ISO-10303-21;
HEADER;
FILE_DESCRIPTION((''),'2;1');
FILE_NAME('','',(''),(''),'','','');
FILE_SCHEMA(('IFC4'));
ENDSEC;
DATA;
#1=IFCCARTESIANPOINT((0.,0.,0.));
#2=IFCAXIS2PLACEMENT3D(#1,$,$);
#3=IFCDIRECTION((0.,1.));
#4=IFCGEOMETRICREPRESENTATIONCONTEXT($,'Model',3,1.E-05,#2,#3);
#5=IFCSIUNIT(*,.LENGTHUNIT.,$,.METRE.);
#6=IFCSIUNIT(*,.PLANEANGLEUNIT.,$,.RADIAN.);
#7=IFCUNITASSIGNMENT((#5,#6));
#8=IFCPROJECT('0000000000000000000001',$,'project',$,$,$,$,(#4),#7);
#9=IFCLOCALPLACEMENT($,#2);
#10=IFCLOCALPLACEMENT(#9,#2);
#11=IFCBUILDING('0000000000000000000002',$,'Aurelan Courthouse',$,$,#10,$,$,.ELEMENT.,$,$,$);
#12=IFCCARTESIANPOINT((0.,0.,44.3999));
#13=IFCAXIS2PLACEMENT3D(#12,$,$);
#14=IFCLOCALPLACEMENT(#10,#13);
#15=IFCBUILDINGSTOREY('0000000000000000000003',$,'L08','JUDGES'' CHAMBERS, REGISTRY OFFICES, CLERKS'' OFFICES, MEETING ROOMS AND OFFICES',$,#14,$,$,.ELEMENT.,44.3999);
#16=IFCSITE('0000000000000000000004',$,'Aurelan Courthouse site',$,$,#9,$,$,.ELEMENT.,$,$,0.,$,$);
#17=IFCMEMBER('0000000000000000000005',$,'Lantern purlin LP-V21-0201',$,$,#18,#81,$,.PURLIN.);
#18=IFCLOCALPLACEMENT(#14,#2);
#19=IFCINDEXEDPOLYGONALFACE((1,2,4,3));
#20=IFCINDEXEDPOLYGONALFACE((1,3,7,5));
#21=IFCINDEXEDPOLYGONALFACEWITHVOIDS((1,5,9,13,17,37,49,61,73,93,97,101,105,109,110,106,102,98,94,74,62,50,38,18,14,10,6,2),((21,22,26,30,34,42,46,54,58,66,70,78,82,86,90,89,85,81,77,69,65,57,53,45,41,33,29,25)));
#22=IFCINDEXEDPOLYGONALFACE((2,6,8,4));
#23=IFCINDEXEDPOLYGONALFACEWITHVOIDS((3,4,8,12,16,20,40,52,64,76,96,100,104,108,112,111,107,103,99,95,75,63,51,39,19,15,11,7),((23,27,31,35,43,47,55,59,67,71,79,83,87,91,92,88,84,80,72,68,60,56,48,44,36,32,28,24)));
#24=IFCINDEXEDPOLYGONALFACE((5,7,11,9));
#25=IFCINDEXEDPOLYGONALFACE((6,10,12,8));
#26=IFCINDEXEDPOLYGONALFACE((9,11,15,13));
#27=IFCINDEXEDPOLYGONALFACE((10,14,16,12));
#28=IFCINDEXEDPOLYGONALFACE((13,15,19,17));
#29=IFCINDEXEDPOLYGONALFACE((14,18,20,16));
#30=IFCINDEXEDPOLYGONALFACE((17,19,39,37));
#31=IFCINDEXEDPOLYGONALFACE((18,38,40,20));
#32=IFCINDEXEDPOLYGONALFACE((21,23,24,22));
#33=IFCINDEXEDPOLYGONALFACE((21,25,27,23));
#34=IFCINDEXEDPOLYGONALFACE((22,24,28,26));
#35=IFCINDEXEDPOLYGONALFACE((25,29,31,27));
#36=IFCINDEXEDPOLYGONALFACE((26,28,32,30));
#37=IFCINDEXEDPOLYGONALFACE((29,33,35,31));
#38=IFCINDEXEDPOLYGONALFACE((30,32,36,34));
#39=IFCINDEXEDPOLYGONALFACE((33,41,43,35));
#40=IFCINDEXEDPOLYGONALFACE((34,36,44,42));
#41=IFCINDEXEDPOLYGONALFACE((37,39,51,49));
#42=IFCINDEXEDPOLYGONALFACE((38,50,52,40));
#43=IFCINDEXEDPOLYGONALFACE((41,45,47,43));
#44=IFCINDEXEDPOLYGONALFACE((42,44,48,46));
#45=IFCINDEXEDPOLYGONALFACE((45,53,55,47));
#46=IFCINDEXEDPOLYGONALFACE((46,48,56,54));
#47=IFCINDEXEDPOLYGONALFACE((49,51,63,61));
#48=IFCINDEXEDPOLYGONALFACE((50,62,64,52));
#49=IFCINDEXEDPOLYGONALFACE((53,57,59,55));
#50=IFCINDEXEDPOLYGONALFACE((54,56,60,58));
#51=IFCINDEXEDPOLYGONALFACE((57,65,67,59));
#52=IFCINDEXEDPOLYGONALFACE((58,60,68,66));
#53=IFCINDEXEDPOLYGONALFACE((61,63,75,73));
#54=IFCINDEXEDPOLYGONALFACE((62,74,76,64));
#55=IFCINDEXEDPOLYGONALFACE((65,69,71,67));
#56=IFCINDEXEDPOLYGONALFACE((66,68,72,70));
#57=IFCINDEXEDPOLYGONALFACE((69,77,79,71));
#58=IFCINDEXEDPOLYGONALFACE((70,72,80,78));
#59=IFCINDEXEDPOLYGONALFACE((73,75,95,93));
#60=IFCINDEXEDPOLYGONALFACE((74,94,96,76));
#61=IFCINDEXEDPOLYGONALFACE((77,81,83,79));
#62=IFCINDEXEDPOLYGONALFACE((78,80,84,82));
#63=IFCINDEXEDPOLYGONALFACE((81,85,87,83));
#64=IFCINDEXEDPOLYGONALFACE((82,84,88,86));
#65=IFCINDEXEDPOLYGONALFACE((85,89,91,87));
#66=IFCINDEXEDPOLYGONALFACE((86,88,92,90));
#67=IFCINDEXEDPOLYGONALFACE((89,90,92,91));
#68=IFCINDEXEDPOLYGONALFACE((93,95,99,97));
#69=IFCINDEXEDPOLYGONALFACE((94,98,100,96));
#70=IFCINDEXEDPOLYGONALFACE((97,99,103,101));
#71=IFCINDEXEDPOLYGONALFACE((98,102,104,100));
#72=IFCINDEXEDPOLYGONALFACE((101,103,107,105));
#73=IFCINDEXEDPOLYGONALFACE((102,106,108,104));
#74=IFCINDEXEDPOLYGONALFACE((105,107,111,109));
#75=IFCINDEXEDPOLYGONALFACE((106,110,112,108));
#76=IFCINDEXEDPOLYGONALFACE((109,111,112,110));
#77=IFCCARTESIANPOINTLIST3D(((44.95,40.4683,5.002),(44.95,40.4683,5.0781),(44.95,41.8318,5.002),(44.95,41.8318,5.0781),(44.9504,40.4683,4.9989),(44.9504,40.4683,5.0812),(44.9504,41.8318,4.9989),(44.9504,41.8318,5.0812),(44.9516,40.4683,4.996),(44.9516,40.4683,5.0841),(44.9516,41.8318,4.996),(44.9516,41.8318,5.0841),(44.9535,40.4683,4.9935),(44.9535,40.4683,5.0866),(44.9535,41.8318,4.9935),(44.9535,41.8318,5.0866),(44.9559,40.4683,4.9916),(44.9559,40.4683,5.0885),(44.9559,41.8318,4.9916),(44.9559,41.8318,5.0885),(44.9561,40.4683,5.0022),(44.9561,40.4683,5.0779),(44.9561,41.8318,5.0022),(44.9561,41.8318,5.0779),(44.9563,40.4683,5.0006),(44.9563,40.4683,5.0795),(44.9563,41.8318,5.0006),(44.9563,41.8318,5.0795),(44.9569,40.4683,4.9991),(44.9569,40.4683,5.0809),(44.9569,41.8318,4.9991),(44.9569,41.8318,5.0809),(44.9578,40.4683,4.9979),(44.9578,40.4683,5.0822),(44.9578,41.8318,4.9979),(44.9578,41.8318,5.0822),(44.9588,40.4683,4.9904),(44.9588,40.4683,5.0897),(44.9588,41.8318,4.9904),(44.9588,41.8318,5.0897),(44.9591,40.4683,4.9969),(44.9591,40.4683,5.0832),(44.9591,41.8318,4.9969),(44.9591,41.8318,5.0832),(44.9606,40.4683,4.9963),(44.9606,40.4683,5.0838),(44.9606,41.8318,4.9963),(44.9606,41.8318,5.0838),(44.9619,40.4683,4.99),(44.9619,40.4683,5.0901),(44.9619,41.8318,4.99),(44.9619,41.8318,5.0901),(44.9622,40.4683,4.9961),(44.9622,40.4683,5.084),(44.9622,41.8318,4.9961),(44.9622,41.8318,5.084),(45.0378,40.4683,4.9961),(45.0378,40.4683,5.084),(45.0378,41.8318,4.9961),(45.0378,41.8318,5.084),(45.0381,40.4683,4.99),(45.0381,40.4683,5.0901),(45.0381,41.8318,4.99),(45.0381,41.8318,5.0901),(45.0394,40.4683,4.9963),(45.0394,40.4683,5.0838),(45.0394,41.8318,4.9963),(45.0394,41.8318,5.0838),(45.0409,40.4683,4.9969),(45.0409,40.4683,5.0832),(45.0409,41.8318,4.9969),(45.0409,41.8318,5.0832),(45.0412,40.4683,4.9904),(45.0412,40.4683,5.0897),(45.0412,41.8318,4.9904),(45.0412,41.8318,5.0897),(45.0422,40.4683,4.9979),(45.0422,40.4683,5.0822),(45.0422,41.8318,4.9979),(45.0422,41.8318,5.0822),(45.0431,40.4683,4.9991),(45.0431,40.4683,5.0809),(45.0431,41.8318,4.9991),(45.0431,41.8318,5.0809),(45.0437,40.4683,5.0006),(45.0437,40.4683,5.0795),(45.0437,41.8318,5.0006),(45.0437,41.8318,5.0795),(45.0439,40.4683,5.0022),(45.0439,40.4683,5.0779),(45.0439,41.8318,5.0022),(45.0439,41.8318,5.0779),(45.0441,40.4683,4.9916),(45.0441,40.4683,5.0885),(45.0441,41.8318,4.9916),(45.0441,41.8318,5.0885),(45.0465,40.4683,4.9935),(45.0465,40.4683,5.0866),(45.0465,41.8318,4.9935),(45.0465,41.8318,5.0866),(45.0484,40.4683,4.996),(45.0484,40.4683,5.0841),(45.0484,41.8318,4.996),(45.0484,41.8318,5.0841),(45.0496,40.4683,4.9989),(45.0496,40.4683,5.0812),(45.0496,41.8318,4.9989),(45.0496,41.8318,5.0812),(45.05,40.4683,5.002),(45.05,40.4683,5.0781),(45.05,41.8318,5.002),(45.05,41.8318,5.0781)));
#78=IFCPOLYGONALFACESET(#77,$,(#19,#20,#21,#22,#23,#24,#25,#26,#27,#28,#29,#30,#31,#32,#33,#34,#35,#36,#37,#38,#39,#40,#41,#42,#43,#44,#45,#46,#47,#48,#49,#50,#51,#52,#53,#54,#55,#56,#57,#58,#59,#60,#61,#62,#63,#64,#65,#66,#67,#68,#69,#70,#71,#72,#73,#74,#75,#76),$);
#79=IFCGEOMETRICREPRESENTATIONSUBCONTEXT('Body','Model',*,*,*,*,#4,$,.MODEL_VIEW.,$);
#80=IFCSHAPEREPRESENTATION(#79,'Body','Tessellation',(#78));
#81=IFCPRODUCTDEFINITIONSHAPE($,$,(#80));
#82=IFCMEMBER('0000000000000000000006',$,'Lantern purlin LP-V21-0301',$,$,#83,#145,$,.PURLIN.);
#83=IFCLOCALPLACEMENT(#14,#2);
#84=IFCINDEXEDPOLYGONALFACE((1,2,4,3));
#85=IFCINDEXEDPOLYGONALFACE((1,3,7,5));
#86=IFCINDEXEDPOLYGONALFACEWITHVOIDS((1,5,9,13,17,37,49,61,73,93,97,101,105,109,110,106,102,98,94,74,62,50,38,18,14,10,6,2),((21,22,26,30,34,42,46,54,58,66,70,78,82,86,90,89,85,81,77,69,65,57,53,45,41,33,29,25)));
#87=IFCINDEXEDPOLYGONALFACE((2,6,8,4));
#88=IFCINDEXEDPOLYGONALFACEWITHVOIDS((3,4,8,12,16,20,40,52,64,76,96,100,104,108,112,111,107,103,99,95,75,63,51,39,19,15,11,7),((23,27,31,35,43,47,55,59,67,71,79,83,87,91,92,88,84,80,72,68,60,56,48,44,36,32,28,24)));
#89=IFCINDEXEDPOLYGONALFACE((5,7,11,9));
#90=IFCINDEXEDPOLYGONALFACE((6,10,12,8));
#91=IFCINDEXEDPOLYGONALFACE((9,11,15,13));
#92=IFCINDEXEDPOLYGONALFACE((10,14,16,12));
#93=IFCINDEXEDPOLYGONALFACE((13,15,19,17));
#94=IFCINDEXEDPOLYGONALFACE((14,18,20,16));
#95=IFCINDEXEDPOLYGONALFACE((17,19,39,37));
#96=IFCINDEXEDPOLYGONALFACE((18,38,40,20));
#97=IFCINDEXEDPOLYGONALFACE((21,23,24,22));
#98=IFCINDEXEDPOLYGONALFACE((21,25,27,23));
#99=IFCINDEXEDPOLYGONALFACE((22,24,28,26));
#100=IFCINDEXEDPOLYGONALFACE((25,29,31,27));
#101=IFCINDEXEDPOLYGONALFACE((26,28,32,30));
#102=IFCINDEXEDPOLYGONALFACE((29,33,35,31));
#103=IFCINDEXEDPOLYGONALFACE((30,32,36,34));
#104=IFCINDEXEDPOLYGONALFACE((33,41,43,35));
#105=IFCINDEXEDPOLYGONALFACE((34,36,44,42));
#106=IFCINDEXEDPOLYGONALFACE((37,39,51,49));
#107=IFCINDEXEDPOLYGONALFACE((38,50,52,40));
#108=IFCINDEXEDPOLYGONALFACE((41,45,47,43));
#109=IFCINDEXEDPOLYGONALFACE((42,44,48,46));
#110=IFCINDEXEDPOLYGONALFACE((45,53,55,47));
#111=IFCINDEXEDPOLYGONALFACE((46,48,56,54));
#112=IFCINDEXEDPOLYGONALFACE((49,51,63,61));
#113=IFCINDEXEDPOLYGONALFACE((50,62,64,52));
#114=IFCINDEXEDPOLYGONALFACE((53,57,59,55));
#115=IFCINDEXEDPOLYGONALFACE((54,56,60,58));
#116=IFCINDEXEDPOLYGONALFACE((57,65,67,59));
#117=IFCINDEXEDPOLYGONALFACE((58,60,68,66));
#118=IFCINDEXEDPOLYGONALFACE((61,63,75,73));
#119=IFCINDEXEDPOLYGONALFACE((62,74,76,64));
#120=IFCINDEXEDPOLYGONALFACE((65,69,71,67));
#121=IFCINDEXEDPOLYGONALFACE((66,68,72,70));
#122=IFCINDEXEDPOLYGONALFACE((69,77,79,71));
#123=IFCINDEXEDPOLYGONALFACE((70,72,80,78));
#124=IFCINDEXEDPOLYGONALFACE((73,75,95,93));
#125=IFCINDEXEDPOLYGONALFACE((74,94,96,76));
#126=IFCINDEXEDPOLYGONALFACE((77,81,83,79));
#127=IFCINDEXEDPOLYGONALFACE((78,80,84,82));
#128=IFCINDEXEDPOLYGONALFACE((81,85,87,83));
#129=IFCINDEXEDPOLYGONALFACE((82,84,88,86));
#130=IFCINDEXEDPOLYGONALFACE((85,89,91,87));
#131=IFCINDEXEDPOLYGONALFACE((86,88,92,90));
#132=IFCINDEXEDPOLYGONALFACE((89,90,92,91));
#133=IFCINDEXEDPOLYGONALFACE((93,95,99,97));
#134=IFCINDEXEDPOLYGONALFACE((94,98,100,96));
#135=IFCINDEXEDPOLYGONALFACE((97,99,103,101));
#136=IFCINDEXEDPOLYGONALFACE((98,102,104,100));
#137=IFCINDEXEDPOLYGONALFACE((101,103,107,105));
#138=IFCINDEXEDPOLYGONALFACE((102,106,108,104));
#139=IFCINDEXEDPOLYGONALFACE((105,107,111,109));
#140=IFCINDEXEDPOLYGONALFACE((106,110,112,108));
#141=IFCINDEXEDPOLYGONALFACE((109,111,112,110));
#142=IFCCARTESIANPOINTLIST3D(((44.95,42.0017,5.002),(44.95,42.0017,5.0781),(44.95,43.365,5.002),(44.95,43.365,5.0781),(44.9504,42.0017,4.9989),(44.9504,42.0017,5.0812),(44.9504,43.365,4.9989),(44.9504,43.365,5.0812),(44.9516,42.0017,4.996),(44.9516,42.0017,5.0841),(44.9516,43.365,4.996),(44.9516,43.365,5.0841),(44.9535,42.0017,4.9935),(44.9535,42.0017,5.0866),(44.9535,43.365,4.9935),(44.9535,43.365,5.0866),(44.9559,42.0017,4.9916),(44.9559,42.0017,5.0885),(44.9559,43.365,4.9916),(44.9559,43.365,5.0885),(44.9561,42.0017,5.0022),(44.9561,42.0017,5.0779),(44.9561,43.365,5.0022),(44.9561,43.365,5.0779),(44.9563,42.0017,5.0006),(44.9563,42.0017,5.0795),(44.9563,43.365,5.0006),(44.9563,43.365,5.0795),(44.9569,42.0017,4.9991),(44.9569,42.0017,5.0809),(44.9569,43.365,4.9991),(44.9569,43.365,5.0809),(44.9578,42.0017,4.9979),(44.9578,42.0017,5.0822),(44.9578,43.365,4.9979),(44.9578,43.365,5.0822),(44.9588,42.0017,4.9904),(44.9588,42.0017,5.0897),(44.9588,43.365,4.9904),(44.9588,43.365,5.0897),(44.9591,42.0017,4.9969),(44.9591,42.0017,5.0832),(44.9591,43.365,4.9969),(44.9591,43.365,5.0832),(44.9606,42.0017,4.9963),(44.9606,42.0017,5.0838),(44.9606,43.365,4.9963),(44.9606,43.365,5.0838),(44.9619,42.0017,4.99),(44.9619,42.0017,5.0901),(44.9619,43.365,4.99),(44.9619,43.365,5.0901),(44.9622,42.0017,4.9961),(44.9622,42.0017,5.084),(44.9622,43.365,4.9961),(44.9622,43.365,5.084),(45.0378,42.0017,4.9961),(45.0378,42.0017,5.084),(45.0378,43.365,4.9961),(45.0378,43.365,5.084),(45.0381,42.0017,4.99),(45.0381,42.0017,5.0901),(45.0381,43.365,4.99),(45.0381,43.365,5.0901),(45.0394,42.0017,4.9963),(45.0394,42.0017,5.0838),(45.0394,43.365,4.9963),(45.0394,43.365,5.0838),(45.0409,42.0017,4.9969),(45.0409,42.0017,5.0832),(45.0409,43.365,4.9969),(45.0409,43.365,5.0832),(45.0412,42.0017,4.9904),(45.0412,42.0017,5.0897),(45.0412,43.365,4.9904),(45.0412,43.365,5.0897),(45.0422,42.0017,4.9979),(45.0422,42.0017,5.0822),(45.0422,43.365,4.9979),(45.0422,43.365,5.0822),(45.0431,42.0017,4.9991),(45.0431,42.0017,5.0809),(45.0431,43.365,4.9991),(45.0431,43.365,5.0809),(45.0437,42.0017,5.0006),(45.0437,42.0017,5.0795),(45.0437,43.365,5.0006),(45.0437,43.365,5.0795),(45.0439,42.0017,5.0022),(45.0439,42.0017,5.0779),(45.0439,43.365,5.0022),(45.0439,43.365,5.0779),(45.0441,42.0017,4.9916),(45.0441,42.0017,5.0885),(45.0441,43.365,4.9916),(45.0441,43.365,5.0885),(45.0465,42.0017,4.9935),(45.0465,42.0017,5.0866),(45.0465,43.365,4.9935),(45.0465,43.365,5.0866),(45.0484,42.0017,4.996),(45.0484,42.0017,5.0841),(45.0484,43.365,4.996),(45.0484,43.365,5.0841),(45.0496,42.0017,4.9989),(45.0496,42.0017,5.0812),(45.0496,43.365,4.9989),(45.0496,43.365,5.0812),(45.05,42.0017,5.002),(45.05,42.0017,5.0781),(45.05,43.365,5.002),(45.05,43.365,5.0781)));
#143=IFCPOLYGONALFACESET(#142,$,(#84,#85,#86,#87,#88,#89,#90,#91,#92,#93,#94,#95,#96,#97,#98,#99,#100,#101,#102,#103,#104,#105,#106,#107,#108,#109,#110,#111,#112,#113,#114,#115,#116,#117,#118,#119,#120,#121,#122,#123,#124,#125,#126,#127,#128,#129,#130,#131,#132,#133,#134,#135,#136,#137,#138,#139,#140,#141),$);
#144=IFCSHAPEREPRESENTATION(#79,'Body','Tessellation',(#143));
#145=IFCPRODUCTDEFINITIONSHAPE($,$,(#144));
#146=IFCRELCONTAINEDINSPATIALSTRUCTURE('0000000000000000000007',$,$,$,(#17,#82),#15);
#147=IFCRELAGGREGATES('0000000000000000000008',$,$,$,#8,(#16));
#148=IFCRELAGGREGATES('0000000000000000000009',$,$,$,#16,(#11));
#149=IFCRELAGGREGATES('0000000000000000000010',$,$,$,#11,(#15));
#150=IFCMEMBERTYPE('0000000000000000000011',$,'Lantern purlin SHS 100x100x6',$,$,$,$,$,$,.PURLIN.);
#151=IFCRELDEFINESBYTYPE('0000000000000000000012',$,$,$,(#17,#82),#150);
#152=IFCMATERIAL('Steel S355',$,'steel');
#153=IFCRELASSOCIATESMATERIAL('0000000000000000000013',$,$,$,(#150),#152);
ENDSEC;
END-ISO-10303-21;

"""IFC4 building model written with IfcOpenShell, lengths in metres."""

from ifc_helpers import new_model, si_unit, direction, frame, origin, origin_2d, place, context, subcontext, project, spatial, hollow_rectangle, extrude, material, material_profile, profile_set, type_object, element, save


model = new_model("IFC4")

# Units and contexts
model_context = context("Model", 3, precision=1e-05, world=origin(), true_north=direction((0.0, 1.0)))
body_context = subcontext(model_context, "Body", "Model", "MODEL_VIEW")
ifc_project = project(units=[si_unit("LENGTHUNIT", "METRE"), si_unit("PLANEANGLEUNIT", "RADIAN")], contexts=[model_context])

# Site, building, storey
site_placement = place(None, origin())
site = spatial("IfcSite", under=ifc_project, at=site_placement, Name="Aurelan Courthouse site", CompositionType="ELEMENT", RefElevation=0.0)
building_placement = place(site_placement, origin())
building = spatial("IfcBuilding", under=site, at=building_placement, Name="Aurelan Courthouse", CompositionType="ELEMENT")
storey_placement = place(building_placement, frame((0.0, 0.0, 44.3999)))
storey = spatial("IfcBuildingStorey", under=building, at=storey_placement, Name="L08", Description="JUDGES' CHAMBERS, REGISTRY OFFICES, CLERKS' OFFICES, MEETING ROOMS AND OFFICES", CompositionType="ELEMENT", Elevation=44.3999)

# Members
ifc_material_1 = material(Name="Steel S355", Category="steel")
ifc_material_profile_1 = material_profile(ifc_material_1, hollow_rectangle(XDim=0.1001, YDim=0.1001, WallThickness=0.0061, InnerFilletRadius=0.0061, OuterFilletRadius=0.012, at=origin_2d()), Name="SHS 100x100x6")
ifc_profile_set_1 = profile_set([ifc_material_profile_1], Name="Steel S355")
member_type_1 = type_object("IfcMemberType", Name="Lantern purlin SHS 100x100x6", PredefinedType="PURLIN", material=ifc_profile_set_1)
member_1_placement = place(storey_placement, frame((45.0, 40.4683, 5.04), z_axis=(0.0, 1.0, 0.0), x_axis=(-1.0, 0.0, 0.0)))
element("IfcMember", 1, at=member_1_placement, inside=storey, type_object=member_type_1, Name="Lantern purlin LP-V21-0201", PredefinedType="PURLIN", context=body_context, shape_type="SweptSolid", body=[
    extrude(hollow_rectangle(XDim=0.1001, YDim=0.1001, WallThickness=0.0061, InnerFilletRadius=0.0061, OuterFilletRadius=0.012, at=origin_2d()), origin(), (0.0, 0.0, 1.0), 1.3635),
])
for number, where, z_axis, x_axis, name in (
    (2, (45.0, 42.0017, 5.04), (0.0, 1.0, 0.0), (-1.0, 0.0, 0.0), "Lantern purlin LP-V21-0301"),
):
    element("IfcMember", number, at=place(storey_placement, frame(where, z_axis=z_axis, x_axis=x_axis)), inside=storey, type_object=member_type_1, Name=name, PredefinedType="PURLIN", context=body_context, shape_type="SweptSolid", body=[
        extrude(hollow_rectangle(XDim=0.1001, YDim=0.1001, WallThickness=0.0061, InnerFilletRadius=0.0061, OuterFilletRadius=0.012, at=origin_2d()), origin(), (0.0, 0.0, 1.0), 1.3633),
    ])

save(model, "model.ifc")
